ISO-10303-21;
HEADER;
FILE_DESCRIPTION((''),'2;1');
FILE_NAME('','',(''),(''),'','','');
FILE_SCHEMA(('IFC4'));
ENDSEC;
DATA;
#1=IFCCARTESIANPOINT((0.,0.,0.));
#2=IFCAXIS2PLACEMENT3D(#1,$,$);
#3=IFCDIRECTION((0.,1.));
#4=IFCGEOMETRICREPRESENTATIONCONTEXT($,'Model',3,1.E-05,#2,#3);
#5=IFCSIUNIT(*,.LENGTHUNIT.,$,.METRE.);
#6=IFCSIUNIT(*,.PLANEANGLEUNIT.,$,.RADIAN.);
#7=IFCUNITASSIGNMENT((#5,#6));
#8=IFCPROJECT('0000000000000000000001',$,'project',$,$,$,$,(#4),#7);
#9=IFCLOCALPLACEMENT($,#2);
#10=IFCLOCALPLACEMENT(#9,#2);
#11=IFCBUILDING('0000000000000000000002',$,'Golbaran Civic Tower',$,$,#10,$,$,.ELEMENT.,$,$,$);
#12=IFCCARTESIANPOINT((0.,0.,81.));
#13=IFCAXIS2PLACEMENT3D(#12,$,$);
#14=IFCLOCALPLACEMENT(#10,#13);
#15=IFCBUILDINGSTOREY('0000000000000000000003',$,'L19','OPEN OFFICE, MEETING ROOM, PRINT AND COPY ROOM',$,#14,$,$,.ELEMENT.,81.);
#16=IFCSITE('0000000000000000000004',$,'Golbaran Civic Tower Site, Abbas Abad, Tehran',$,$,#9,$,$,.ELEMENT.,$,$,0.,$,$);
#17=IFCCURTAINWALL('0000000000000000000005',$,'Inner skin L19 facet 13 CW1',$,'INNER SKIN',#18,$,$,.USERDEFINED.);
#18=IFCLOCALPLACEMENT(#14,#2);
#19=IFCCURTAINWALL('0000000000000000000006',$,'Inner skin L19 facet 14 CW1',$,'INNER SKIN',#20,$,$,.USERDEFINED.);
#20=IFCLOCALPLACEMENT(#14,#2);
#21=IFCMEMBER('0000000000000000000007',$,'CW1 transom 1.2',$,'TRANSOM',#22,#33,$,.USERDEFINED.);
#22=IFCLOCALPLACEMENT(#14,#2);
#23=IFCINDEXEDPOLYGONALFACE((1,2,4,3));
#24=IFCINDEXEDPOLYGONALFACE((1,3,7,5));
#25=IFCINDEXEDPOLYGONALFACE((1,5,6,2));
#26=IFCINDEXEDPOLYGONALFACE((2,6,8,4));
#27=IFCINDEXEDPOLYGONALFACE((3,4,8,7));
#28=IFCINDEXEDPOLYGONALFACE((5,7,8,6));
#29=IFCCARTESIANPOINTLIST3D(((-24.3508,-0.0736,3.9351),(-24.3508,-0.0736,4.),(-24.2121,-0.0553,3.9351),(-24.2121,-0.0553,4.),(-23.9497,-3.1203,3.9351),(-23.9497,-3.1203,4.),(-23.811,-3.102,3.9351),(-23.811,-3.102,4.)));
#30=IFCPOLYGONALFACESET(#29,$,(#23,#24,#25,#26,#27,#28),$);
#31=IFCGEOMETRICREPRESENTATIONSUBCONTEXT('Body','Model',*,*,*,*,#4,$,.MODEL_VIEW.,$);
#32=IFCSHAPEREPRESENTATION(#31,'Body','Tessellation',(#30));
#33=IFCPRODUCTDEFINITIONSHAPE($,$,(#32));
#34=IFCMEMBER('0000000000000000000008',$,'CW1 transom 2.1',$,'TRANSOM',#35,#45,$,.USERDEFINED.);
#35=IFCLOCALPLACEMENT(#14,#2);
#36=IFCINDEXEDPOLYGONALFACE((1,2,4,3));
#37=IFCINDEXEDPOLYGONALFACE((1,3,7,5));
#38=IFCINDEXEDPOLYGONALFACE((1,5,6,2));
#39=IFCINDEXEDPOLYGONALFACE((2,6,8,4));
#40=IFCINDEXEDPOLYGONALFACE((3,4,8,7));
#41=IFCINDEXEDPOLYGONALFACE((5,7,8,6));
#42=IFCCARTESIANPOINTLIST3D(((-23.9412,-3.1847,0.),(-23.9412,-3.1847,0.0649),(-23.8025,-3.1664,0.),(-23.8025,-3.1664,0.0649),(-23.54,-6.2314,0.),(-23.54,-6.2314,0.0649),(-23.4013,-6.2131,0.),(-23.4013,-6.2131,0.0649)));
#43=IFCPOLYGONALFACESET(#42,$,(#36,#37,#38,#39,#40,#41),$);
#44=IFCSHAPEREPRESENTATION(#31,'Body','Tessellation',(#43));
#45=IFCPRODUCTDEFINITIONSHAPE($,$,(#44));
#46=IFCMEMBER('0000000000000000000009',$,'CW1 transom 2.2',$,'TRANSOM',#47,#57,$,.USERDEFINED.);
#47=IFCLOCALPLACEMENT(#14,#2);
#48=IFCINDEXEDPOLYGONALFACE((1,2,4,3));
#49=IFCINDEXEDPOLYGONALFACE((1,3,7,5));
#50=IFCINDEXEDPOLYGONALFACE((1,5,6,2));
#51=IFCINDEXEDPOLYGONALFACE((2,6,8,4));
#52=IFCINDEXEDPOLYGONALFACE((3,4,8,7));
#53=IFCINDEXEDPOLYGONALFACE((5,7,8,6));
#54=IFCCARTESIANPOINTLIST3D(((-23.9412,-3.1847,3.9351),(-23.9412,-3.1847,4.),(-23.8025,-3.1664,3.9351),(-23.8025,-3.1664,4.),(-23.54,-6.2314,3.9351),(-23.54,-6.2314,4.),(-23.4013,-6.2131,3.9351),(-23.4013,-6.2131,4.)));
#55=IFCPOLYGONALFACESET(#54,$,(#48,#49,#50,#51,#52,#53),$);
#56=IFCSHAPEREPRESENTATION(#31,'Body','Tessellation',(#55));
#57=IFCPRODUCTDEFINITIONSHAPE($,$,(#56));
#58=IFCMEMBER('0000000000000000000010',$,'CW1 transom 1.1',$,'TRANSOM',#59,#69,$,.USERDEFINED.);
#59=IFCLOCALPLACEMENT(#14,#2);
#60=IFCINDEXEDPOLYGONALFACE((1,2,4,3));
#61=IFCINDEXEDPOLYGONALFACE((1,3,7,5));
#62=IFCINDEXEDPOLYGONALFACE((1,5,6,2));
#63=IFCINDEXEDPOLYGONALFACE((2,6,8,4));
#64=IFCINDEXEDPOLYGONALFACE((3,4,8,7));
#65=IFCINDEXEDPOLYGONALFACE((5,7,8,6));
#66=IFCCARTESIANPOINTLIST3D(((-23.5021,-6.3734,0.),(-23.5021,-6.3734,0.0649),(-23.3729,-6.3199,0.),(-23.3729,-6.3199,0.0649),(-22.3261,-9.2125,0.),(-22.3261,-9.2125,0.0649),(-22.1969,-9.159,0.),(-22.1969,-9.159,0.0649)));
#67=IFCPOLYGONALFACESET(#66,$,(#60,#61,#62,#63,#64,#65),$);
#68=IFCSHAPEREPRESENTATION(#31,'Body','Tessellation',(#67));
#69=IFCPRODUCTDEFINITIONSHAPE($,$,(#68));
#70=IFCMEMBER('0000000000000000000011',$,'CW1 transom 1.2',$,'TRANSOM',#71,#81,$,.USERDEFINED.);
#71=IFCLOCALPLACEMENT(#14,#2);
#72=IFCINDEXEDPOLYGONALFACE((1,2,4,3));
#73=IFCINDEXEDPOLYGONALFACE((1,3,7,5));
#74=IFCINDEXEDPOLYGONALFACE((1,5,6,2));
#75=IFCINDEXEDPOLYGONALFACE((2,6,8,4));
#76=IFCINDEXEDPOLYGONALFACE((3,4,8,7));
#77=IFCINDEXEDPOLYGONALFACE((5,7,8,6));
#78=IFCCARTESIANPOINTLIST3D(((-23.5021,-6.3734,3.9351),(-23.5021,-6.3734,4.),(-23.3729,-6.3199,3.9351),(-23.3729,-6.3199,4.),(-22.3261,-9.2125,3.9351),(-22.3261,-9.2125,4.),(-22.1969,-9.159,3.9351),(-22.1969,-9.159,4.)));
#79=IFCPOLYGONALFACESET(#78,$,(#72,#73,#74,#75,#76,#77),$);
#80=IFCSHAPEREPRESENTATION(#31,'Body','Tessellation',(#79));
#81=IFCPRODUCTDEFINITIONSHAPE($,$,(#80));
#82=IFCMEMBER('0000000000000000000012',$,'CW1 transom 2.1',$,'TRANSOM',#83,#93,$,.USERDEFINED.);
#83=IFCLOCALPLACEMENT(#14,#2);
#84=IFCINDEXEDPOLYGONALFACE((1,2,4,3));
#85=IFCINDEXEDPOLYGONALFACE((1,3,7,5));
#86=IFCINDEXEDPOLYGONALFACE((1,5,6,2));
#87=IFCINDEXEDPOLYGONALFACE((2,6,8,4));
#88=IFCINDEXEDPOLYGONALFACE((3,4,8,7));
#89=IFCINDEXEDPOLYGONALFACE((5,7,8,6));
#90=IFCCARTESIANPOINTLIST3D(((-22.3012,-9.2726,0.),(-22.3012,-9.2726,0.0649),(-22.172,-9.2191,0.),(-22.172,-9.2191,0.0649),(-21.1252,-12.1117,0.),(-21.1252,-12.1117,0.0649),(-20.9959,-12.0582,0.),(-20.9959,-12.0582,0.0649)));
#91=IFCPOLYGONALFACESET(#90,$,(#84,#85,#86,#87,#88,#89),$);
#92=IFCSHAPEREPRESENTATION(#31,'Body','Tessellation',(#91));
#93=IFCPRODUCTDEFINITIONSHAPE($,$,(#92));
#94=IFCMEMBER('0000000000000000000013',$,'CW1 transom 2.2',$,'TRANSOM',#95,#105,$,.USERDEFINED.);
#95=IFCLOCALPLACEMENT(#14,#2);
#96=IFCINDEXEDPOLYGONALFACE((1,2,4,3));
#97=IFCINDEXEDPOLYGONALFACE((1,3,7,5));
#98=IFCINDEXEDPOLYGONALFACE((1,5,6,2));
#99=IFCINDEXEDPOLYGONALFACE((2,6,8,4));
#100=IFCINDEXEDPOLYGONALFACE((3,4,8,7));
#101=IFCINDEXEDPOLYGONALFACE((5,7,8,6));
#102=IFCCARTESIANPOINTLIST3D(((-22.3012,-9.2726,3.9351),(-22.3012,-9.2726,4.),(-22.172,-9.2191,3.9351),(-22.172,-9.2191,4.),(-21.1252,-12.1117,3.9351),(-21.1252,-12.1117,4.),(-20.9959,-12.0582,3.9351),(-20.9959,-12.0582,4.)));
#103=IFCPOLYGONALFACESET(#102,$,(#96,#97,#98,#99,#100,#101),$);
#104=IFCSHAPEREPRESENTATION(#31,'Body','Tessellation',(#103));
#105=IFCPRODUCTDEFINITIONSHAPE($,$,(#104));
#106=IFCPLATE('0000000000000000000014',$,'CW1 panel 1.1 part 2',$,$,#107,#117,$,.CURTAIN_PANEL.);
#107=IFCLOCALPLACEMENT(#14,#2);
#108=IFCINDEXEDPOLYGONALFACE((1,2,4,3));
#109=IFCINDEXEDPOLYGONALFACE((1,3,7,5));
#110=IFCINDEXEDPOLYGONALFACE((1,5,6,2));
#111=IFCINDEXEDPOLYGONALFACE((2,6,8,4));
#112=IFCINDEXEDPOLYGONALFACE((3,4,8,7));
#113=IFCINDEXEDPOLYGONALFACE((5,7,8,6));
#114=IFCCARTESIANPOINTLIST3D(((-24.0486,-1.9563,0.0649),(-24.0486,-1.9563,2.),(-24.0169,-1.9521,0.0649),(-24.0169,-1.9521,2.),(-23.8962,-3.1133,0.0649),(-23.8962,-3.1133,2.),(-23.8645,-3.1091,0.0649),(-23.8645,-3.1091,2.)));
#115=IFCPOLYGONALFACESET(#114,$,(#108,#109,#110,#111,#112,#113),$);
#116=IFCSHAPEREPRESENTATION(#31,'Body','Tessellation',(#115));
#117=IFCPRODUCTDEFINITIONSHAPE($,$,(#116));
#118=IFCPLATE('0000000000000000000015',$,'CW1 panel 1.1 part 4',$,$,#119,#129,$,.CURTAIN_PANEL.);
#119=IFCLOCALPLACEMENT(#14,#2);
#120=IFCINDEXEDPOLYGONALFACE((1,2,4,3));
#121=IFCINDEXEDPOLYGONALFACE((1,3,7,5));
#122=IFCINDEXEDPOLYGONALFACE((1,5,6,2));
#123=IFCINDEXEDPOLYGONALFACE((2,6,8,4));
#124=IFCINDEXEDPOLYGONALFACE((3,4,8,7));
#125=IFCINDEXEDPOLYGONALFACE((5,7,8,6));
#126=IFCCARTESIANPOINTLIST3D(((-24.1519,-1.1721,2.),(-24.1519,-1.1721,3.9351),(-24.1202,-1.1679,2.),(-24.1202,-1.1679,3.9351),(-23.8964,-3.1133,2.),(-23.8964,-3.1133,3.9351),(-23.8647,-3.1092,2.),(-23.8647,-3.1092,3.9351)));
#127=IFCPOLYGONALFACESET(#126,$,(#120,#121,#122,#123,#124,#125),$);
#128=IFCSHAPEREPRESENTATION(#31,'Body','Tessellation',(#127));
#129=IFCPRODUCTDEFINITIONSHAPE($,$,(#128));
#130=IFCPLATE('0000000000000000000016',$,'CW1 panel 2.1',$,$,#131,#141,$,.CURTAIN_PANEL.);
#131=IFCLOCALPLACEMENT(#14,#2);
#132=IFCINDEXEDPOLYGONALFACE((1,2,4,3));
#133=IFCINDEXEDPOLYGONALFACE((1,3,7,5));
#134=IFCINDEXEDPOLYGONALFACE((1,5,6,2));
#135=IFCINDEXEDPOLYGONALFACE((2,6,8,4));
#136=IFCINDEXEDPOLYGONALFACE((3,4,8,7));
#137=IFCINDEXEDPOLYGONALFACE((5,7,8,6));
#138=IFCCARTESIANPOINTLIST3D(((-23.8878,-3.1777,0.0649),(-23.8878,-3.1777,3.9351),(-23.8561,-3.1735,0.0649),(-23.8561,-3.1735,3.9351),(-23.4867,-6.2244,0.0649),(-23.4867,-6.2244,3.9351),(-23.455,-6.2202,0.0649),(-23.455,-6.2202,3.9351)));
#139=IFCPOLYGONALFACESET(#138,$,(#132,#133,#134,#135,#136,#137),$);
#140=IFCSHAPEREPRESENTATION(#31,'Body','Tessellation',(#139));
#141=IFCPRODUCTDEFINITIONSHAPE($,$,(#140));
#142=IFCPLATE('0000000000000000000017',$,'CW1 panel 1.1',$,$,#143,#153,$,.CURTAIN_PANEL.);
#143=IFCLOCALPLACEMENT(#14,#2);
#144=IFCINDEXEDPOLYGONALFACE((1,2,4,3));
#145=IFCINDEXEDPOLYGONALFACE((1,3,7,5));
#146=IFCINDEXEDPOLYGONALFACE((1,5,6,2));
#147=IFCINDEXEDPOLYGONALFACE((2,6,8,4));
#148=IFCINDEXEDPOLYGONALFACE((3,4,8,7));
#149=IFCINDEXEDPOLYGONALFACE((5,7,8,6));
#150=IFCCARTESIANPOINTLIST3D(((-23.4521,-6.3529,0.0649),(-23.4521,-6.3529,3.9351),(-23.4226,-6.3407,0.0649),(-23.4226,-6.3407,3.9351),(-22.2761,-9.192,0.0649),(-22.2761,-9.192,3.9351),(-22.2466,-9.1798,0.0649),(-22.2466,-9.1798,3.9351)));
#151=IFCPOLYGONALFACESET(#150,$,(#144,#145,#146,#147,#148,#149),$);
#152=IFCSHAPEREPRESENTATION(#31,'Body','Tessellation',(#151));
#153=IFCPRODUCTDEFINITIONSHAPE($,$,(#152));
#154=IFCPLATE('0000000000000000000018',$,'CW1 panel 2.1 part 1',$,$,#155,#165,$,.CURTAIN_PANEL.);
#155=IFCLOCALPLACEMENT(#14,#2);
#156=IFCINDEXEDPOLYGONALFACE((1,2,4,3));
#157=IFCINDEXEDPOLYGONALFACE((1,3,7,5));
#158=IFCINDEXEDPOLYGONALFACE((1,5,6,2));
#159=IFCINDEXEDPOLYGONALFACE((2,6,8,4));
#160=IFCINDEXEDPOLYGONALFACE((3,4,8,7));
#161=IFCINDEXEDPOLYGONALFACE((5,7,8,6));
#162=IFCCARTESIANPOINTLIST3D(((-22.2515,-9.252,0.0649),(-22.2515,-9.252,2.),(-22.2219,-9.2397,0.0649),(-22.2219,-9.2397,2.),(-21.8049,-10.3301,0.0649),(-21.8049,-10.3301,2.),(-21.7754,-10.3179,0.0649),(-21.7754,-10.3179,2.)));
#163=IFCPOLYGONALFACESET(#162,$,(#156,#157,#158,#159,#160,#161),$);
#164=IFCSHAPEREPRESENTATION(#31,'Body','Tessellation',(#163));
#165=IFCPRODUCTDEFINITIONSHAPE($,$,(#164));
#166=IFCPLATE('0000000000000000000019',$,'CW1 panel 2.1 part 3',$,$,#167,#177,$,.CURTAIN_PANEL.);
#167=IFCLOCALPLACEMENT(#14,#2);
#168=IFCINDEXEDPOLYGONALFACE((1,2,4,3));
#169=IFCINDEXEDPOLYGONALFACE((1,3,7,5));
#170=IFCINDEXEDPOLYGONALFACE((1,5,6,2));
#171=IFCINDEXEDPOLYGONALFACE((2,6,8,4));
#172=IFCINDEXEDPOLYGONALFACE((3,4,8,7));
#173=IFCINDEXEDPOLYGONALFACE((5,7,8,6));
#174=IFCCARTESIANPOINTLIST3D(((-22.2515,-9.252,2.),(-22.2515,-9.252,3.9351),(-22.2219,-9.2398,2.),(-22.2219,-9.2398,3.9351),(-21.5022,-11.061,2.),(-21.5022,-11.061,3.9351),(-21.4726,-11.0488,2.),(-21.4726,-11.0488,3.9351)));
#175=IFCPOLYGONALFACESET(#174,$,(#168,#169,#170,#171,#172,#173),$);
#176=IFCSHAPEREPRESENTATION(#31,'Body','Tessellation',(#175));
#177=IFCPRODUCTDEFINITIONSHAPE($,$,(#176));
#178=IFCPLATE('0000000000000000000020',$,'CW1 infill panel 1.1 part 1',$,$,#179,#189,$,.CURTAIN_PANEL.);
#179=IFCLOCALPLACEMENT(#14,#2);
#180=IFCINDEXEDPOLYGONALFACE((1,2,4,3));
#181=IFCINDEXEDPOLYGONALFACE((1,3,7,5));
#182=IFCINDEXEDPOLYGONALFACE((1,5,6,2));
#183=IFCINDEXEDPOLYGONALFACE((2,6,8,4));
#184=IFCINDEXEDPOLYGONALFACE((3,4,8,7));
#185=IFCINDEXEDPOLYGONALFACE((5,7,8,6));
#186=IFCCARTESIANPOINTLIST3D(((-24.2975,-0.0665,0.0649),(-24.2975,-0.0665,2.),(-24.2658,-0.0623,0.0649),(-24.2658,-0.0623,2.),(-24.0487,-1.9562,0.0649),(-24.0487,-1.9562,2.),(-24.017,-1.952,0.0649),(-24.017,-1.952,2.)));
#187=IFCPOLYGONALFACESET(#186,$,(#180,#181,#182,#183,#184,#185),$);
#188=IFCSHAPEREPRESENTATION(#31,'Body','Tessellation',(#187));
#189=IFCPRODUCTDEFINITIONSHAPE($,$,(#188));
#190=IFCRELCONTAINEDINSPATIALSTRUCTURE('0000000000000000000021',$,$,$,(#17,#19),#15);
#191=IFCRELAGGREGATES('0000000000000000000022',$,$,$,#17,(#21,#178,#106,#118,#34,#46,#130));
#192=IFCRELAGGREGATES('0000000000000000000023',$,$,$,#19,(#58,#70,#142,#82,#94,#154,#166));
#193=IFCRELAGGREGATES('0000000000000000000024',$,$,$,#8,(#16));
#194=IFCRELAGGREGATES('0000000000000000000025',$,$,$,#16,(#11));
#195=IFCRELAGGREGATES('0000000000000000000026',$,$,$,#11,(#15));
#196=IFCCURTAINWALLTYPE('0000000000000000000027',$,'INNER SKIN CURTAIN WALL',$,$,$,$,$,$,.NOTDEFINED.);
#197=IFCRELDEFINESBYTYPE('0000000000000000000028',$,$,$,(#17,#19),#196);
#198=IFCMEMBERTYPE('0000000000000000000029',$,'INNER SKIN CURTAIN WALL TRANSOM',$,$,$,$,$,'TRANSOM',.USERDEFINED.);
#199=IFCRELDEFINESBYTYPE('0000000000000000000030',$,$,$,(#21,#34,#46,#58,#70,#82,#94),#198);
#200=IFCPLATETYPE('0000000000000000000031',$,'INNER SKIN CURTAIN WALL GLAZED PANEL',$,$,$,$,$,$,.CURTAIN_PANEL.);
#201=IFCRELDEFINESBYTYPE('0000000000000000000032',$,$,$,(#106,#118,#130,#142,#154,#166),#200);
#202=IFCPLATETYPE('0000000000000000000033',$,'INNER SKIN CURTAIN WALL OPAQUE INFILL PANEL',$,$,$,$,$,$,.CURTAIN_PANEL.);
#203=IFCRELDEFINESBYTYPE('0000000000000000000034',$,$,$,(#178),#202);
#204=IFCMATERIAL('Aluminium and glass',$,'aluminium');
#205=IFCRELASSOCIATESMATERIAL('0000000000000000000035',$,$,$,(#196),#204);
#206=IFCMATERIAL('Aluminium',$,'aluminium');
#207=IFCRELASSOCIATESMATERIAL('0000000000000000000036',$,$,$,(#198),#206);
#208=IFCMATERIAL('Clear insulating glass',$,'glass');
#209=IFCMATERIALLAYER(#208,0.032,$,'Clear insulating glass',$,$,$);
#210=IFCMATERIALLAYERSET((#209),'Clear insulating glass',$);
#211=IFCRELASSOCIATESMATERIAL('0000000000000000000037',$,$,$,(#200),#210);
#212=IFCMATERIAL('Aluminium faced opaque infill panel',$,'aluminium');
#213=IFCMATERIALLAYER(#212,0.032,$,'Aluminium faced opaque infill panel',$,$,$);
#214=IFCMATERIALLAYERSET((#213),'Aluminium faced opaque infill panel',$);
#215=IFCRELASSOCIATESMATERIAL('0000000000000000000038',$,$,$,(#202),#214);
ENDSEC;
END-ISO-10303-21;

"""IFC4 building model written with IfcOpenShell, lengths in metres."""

from ifc_helpers import new_model, si_unit, direction, frame, origin, origin_2d, place, context, subcontext, project, spatial, rectangle, extrude, material, layer, layer_set, material_profile, profile_set, type_object, element, aggregate, save


model = new_model("IFC4")

# Units and contexts
model_context = context("Model", 3, precision=1e-05, world=origin(), true_north=direction((0.0, 1.0)))
body_context = subcontext(model_context, "Body", "Model", "MODEL_VIEW")
ifc_project = project(units=[si_unit("LENGTHUNIT", "METRE"), si_unit("PLANEANGLEUNIT", "RADIAN")], contexts=[model_context])

# Site, building, storey
site_placement = place(None, origin())
site = spatial("IfcSite", under=ifc_project, at=site_placement, Name="Golbaran Civic Tower Site, Abbas Abad, Tehran", CompositionType="ELEMENT", RefElevation=0.0)
building_placement = place(site_placement, origin())
building = spatial("IfcBuilding", under=site, at=building_placement, Name="Golbaran Civic Tower", CompositionType="ELEMENT")
storey_placement = place(building_placement, frame((0.0, 0.0, 81.0)))
storey = spatial("IfcBuildingStorey", under=building, at=storey_placement, Name="L19", Description="OPEN OFFICE, MEETING ROOM, PRINT AND COPY ROOM", CompositionType="ELEMENT", Elevation=81.0)

# Curtain walls
ifc_material_1 = material(Name="Aluminium and glass", Category="aluminium")
curtain_wall_type = type_object("IfcCurtainWallType", Name="INNER SKIN CURTAIN WALL", PredefinedType="NOTDEFINED", material=ifc_material_1)
curtain_wall_1_placement = place(storey_placement, origin())
curtain_wall_1 = element("IfcCurtainWall", 1, at=curtain_wall_1_placement, inside=storey, type_object=curtain_wall_type, Name="Inner skin L19 facet 13 CW1", ObjectType="INNER SKIN", PredefinedType="USERDEFINED")
ifc_material_2 = material(Name="Aluminium", Category="aluminium")
curtain_wall_2_placement = place(storey_placement, origin())
curtain_wall_2 = element("IfcCurtainWall", 2, at=curtain_wall_2_placement, inside=storey, type_object=curtain_wall_type, Name="Inner skin L19 facet 14 CW1", ObjectType="INNER SKIN", PredefinedType="USERDEFINED")

# Members
ifc_material_profile_1 = material_profile(ifc_material_2, rectangle(XDim=0.1399, YDim=0.0649, at=origin_2d()), Name="INNER SKIN CURTAIN WALL TRANSOM")
ifc_profile_set_1 = profile_set([ifc_material_profile_1], Name="Aluminium")
member_type_1 = type_object("IfcMemberType", Name="INNER SKIN CURTAIN WALL TRANSOM", ElementType="TRANSOM", PredefinedType="USERDEFINED", material=ifc_profile_set_1)
member_1_placement = place(storey_placement, frame((-24.2815, -0.0645, 3.9675), z_axis=(0.130535, -0.991444, 0.0), x_axis=(0.991444, 0.130535, 0.0)))
member_1 = element("IfcMember", 3, at=member_1_placement, type_object=member_type_1, Name="CW1 transom 1.2", ObjectType="TRANSOM", PredefinedType="USERDEFINED", context=body_context, shape_type="SweptSolid", body=[
    extrude(rectangle(XDim=0.1399, YDim=0.0649, at=origin_2d()), origin(), (0.0, 0.0, 1.0), 3.073),
])
member_2_placement = place(storey_placement, frame((-23.8718, -3.1755, 0.0325), z_axis=(0.130535, -0.991444, 0.0), x_axis=(0.991444, 0.130535, 0.0)))
member_2 = element("IfcMember", 4, at=member_2_placement, type_object=member_type_1, Name="CW1 transom 2.1", ObjectType="TRANSOM", PredefinedType="USERDEFINED", context=body_context, shape_type="SweptSolid", body=[
    extrude(rectangle(XDim=0.1399, YDim=0.0649, at=origin_2d()), origin(), (0.0, 0.0, 1.0), 3.073),
])
member_3_placement = place(storey_placement, frame((-23.8718, -3.1755, 3.9675), z_axis=(0.130535, -0.991444, 0.0), x_axis=(0.991444, 0.130535, 0.0)))
member_3 = element("IfcMember", 5, at=member_3_placement, type_object=member_type_1, Name="CW1 transom 2.2", ObjectType="TRANSOM", PredefinedType="USERDEFINED", context=body_context, shape_type="SweptSolid", body=[
    extrude(rectangle(XDim=0.1399, YDim=0.0649, at=origin_2d()), origin(), (0.0, 0.0, 1.0), 3.073),
])
member_4_placement = place(storey_placement, frame((-23.4375, -6.3467, 0.0325), z_axis=(0.382691, -0.923876, 0.0), x_axis=(0.923876, 0.382691, 0.0)))
member_4 = element("IfcMember", 6, at=member_4_placement, type_object=member_type_1, Name="CW1 transom 1.1", ObjectType="TRANSOM", PredefinedType="USERDEFINED", context=body_context, shape_type="SweptSolid", body=[
    extrude(rectangle(XDim=0.1399, YDim=0.0649, at=origin_2d()), origin(), (0.0, 0.0, 1.0), 3.073),
])
member_5_placement = place(storey_placement, frame((-23.4375, -6.3467, 3.9675), z_axis=(0.382691, -0.923876, 0.0), x_axis=(0.923876, 0.382691, 0.0)))
member_5 = element("IfcMember", 7, at=member_5_placement, type_object=member_type_1, Name="CW1 transom 1.2", ObjectType="TRANSOM", PredefinedType="USERDEFINED", context=body_context, shape_type="SweptSolid", body=[
    extrude(rectangle(XDim=0.1399, YDim=0.0649, at=origin_2d()), origin(), (0.0, 0.0, 1.0), 3.073),
])
member_6_placement = place(storey_placement, frame((-22.2366, -9.2458, 0.0325), z_axis=(0.382691, -0.923876, 0.0), x_axis=(0.923876, 0.382691, 0.0)))
member_6 = element("IfcMember", 8, at=member_6_placement, type_object=member_type_1, Name="CW1 transom 2.1", ObjectType="TRANSOM", PredefinedType="USERDEFINED", context=body_context, shape_type="SweptSolid", body=[
    extrude(rectangle(XDim=0.1399, YDim=0.0649, at=origin_2d()), origin(), (0.0, 0.0, 1.0), 3.073),
])
member_7_placement = place(storey_placement, frame((-22.2366, -9.2458, 3.9675), z_axis=(0.382691, -0.923876, 0.0), x_axis=(0.923876, 0.382691, 0.0)))
member_7 = element("IfcMember", 9, at=member_7_placement, type_object=member_type_1, Name="CW1 transom 2.2", ObjectType="TRANSOM", PredefinedType="USERDEFINED", context=body_context, shape_type="SweptSolid", body=[
    extrude(rectangle(XDim=0.1399, YDim=0.0649, at=origin_2d()), origin(), (0.0, 0.0, 1.0), 3.073),
])

# Plates
ifc_material_3 = material(Name="Clear insulating glass", Category="glass")
ifc_layer_1 = layer(ifc_material_3, 0.032, Name="Clear insulating glass")
ifc_layer_set_1 = layer_set([ifc_layer_1], Name="Clear insulating glass")
plate_type_1 = type_object("IfcPlateType", Name="INNER SKIN CURTAIN WALL GLAZED PANEL", PredefinedType="CURTAIN_PANEL", material=ifc_layer_set_1)
plate_1_placement = place(storey_placement, frame((-23.9565, -2.5327, 0.0649), z_axis=(0.0, 0.0, 1.0), x_axis=(0.130526, -0.991445, 0.0)))
plate_1 = element("IfcPlate", 10, at=plate_1_placement, type_object=plate_type_1, Name="CW1 panel 1.1 part 2", PredefinedType="CURTAIN_PANEL", context=body_context, shape_type="SweptSolid", body=[
    extrude(rectangle(XDim=1.167, YDim=0.032, at=origin_2d()), origin(), (0.0, 0.0, 1.0), 1.9351),
])
plate_2_placement = place(storey_placement, frame((-24.0083, -2.1406, 2.0), z_axis=(0.0, 0.0, 1.0), x_axis=(0.130526, -0.991445, 0.0)))
plate_2 = element("IfcPlate", 11, at=plate_2_placement, type_object=plate_type_1, Name="CW1 panel 1.1 part 4", PredefinedType="CURTAIN_PANEL", context=body_context, shape_type="SweptSolid", body=[
    extrude(rectangle(XDim=1.958, YDim=0.032, at=origin_2d()), origin(), (0.0, 0.0, 1.0), 1.9351),
])
plate_3_placement = place(storey_placement, frame((-23.6714, -4.699, 0.0649), z_axis=(0.0, 0.0, 1.0), x_axis=(0.130526, -0.991445, 0.0)))
plate_3 = element("IfcPlate", 12, at=plate_3_placement, type_object=plate_type_1, Name="CW1 panel 2.1", PredefinedType="CURTAIN_PANEL", context=body_context, shape_type="SweptSolid", body=[
    extrude(rectangle(XDim=3.073, YDim=0.032, at=origin_2d()), origin(), (0.0, 0.0, 1.0), 3.8701),
])
plate_4_placement = place(storey_placement, frame((-22.8494, -7.7664, 0.0649), z_axis=(0.0, 0.0, 1.0), x_axis=(0.382683, -0.92388, 0.0)))
plate_4 = element("IfcPlate", 13, at=plate_4_placement, type_object=plate_type_1, Name="CW1 panel 1.1", PredefinedType="CURTAIN_PANEL", context=body_context, shape_type="SweptSolid", body=[
    extrude(rectangle(XDim=3.073, YDim=0.032, at=origin_2d()), origin(), (0.0, 0.0, 1.0), 3.8701),
])
plate_5_placement = place(storey_placement, frame((-22.0134, -9.7849, 0.0649), z_axis=(0.0, 0.0, 1.0), x_axis=(0.382683, -0.92388, 0.0)))
plate_5 = element("IfcPlate", 14, at=plate_5_placement, type_object=plate_type_1, Name="CW1 panel 2.1 part 1", PredefinedType="CURTAIN_PANEL", context=body_context, shape_type="SweptSolid", body=[
    extrude(rectangle(XDim=1.167, YDim=0.032, at=origin_2d()), origin(), (0.0, 0.0, 1.0), 1.9351),
])
plate_6_placement = place(storey_placement, frame((-21.8621, -10.1504, 2.0), z_axis=(0.0, 0.0, 1.0), x_axis=(0.382683, -0.92388, 0.0)))
plate_6 = element("IfcPlate", 15, at=plate_6_placement, type_object=plate_type_1, Name="CW1 panel 2.1 part 3", PredefinedType="CURTAIN_PANEL", context=body_context, shape_type="SweptSolid", body=[
    extrude(rectangle(XDim=1.958, YDim=0.032, at=origin_2d()), origin(), (0.0, 0.0, 1.0), 1.9351),
])
ifc_material_4 = material(Name="Aluminium faced opaque infill panel", Category="aluminium")
ifc_layer_2 = layer(ifc_material_4, 0.032, Name="Aluminium faced opaque infill panel")
ifc_layer_set_2 = layer_set([ifc_layer_2], Name="Aluminium faced opaque infill panel")
plate_type_2 = type_object("IfcPlateType", Name="INNER SKIN CURTAIN WALL OPAQUE INFILL PANEL", PredefinedType="CURTAIN_PANEL", material=ifc_layer_set_2)
plate_7_placement = place(storey_placement, frame((-24.1572, -1.0093, 0.0649), z_axis=(0.0, 0.0, 1.0), x_axis=(0.130526, -0.991445, 0.0)))
plate_7 = element("IfcPlate", 16, at=plate_7_placement, type_object=plate_type_2, Name="CW1 infill panel 1.1 part 1", PredefinedType="CURTAIN_PANEL", context=body_context, shape_type="SweptSolid", body=[
    extrude(rectangle(XDim=1.906, YDim=0.032, at=origin_2d()), origin(), (0.0, 0.0, 1.0), 1.9351),
])
aggregate(curtain_wall_1, [member_1, plate_7, plate_1, plate_2, member_2, member_3, plate_3])
aggregate(curtain_wall_2, [member_4, member_5, plate_4, member_6, member_7, plate_5, plate_6])

save(model, "model.ifc")
